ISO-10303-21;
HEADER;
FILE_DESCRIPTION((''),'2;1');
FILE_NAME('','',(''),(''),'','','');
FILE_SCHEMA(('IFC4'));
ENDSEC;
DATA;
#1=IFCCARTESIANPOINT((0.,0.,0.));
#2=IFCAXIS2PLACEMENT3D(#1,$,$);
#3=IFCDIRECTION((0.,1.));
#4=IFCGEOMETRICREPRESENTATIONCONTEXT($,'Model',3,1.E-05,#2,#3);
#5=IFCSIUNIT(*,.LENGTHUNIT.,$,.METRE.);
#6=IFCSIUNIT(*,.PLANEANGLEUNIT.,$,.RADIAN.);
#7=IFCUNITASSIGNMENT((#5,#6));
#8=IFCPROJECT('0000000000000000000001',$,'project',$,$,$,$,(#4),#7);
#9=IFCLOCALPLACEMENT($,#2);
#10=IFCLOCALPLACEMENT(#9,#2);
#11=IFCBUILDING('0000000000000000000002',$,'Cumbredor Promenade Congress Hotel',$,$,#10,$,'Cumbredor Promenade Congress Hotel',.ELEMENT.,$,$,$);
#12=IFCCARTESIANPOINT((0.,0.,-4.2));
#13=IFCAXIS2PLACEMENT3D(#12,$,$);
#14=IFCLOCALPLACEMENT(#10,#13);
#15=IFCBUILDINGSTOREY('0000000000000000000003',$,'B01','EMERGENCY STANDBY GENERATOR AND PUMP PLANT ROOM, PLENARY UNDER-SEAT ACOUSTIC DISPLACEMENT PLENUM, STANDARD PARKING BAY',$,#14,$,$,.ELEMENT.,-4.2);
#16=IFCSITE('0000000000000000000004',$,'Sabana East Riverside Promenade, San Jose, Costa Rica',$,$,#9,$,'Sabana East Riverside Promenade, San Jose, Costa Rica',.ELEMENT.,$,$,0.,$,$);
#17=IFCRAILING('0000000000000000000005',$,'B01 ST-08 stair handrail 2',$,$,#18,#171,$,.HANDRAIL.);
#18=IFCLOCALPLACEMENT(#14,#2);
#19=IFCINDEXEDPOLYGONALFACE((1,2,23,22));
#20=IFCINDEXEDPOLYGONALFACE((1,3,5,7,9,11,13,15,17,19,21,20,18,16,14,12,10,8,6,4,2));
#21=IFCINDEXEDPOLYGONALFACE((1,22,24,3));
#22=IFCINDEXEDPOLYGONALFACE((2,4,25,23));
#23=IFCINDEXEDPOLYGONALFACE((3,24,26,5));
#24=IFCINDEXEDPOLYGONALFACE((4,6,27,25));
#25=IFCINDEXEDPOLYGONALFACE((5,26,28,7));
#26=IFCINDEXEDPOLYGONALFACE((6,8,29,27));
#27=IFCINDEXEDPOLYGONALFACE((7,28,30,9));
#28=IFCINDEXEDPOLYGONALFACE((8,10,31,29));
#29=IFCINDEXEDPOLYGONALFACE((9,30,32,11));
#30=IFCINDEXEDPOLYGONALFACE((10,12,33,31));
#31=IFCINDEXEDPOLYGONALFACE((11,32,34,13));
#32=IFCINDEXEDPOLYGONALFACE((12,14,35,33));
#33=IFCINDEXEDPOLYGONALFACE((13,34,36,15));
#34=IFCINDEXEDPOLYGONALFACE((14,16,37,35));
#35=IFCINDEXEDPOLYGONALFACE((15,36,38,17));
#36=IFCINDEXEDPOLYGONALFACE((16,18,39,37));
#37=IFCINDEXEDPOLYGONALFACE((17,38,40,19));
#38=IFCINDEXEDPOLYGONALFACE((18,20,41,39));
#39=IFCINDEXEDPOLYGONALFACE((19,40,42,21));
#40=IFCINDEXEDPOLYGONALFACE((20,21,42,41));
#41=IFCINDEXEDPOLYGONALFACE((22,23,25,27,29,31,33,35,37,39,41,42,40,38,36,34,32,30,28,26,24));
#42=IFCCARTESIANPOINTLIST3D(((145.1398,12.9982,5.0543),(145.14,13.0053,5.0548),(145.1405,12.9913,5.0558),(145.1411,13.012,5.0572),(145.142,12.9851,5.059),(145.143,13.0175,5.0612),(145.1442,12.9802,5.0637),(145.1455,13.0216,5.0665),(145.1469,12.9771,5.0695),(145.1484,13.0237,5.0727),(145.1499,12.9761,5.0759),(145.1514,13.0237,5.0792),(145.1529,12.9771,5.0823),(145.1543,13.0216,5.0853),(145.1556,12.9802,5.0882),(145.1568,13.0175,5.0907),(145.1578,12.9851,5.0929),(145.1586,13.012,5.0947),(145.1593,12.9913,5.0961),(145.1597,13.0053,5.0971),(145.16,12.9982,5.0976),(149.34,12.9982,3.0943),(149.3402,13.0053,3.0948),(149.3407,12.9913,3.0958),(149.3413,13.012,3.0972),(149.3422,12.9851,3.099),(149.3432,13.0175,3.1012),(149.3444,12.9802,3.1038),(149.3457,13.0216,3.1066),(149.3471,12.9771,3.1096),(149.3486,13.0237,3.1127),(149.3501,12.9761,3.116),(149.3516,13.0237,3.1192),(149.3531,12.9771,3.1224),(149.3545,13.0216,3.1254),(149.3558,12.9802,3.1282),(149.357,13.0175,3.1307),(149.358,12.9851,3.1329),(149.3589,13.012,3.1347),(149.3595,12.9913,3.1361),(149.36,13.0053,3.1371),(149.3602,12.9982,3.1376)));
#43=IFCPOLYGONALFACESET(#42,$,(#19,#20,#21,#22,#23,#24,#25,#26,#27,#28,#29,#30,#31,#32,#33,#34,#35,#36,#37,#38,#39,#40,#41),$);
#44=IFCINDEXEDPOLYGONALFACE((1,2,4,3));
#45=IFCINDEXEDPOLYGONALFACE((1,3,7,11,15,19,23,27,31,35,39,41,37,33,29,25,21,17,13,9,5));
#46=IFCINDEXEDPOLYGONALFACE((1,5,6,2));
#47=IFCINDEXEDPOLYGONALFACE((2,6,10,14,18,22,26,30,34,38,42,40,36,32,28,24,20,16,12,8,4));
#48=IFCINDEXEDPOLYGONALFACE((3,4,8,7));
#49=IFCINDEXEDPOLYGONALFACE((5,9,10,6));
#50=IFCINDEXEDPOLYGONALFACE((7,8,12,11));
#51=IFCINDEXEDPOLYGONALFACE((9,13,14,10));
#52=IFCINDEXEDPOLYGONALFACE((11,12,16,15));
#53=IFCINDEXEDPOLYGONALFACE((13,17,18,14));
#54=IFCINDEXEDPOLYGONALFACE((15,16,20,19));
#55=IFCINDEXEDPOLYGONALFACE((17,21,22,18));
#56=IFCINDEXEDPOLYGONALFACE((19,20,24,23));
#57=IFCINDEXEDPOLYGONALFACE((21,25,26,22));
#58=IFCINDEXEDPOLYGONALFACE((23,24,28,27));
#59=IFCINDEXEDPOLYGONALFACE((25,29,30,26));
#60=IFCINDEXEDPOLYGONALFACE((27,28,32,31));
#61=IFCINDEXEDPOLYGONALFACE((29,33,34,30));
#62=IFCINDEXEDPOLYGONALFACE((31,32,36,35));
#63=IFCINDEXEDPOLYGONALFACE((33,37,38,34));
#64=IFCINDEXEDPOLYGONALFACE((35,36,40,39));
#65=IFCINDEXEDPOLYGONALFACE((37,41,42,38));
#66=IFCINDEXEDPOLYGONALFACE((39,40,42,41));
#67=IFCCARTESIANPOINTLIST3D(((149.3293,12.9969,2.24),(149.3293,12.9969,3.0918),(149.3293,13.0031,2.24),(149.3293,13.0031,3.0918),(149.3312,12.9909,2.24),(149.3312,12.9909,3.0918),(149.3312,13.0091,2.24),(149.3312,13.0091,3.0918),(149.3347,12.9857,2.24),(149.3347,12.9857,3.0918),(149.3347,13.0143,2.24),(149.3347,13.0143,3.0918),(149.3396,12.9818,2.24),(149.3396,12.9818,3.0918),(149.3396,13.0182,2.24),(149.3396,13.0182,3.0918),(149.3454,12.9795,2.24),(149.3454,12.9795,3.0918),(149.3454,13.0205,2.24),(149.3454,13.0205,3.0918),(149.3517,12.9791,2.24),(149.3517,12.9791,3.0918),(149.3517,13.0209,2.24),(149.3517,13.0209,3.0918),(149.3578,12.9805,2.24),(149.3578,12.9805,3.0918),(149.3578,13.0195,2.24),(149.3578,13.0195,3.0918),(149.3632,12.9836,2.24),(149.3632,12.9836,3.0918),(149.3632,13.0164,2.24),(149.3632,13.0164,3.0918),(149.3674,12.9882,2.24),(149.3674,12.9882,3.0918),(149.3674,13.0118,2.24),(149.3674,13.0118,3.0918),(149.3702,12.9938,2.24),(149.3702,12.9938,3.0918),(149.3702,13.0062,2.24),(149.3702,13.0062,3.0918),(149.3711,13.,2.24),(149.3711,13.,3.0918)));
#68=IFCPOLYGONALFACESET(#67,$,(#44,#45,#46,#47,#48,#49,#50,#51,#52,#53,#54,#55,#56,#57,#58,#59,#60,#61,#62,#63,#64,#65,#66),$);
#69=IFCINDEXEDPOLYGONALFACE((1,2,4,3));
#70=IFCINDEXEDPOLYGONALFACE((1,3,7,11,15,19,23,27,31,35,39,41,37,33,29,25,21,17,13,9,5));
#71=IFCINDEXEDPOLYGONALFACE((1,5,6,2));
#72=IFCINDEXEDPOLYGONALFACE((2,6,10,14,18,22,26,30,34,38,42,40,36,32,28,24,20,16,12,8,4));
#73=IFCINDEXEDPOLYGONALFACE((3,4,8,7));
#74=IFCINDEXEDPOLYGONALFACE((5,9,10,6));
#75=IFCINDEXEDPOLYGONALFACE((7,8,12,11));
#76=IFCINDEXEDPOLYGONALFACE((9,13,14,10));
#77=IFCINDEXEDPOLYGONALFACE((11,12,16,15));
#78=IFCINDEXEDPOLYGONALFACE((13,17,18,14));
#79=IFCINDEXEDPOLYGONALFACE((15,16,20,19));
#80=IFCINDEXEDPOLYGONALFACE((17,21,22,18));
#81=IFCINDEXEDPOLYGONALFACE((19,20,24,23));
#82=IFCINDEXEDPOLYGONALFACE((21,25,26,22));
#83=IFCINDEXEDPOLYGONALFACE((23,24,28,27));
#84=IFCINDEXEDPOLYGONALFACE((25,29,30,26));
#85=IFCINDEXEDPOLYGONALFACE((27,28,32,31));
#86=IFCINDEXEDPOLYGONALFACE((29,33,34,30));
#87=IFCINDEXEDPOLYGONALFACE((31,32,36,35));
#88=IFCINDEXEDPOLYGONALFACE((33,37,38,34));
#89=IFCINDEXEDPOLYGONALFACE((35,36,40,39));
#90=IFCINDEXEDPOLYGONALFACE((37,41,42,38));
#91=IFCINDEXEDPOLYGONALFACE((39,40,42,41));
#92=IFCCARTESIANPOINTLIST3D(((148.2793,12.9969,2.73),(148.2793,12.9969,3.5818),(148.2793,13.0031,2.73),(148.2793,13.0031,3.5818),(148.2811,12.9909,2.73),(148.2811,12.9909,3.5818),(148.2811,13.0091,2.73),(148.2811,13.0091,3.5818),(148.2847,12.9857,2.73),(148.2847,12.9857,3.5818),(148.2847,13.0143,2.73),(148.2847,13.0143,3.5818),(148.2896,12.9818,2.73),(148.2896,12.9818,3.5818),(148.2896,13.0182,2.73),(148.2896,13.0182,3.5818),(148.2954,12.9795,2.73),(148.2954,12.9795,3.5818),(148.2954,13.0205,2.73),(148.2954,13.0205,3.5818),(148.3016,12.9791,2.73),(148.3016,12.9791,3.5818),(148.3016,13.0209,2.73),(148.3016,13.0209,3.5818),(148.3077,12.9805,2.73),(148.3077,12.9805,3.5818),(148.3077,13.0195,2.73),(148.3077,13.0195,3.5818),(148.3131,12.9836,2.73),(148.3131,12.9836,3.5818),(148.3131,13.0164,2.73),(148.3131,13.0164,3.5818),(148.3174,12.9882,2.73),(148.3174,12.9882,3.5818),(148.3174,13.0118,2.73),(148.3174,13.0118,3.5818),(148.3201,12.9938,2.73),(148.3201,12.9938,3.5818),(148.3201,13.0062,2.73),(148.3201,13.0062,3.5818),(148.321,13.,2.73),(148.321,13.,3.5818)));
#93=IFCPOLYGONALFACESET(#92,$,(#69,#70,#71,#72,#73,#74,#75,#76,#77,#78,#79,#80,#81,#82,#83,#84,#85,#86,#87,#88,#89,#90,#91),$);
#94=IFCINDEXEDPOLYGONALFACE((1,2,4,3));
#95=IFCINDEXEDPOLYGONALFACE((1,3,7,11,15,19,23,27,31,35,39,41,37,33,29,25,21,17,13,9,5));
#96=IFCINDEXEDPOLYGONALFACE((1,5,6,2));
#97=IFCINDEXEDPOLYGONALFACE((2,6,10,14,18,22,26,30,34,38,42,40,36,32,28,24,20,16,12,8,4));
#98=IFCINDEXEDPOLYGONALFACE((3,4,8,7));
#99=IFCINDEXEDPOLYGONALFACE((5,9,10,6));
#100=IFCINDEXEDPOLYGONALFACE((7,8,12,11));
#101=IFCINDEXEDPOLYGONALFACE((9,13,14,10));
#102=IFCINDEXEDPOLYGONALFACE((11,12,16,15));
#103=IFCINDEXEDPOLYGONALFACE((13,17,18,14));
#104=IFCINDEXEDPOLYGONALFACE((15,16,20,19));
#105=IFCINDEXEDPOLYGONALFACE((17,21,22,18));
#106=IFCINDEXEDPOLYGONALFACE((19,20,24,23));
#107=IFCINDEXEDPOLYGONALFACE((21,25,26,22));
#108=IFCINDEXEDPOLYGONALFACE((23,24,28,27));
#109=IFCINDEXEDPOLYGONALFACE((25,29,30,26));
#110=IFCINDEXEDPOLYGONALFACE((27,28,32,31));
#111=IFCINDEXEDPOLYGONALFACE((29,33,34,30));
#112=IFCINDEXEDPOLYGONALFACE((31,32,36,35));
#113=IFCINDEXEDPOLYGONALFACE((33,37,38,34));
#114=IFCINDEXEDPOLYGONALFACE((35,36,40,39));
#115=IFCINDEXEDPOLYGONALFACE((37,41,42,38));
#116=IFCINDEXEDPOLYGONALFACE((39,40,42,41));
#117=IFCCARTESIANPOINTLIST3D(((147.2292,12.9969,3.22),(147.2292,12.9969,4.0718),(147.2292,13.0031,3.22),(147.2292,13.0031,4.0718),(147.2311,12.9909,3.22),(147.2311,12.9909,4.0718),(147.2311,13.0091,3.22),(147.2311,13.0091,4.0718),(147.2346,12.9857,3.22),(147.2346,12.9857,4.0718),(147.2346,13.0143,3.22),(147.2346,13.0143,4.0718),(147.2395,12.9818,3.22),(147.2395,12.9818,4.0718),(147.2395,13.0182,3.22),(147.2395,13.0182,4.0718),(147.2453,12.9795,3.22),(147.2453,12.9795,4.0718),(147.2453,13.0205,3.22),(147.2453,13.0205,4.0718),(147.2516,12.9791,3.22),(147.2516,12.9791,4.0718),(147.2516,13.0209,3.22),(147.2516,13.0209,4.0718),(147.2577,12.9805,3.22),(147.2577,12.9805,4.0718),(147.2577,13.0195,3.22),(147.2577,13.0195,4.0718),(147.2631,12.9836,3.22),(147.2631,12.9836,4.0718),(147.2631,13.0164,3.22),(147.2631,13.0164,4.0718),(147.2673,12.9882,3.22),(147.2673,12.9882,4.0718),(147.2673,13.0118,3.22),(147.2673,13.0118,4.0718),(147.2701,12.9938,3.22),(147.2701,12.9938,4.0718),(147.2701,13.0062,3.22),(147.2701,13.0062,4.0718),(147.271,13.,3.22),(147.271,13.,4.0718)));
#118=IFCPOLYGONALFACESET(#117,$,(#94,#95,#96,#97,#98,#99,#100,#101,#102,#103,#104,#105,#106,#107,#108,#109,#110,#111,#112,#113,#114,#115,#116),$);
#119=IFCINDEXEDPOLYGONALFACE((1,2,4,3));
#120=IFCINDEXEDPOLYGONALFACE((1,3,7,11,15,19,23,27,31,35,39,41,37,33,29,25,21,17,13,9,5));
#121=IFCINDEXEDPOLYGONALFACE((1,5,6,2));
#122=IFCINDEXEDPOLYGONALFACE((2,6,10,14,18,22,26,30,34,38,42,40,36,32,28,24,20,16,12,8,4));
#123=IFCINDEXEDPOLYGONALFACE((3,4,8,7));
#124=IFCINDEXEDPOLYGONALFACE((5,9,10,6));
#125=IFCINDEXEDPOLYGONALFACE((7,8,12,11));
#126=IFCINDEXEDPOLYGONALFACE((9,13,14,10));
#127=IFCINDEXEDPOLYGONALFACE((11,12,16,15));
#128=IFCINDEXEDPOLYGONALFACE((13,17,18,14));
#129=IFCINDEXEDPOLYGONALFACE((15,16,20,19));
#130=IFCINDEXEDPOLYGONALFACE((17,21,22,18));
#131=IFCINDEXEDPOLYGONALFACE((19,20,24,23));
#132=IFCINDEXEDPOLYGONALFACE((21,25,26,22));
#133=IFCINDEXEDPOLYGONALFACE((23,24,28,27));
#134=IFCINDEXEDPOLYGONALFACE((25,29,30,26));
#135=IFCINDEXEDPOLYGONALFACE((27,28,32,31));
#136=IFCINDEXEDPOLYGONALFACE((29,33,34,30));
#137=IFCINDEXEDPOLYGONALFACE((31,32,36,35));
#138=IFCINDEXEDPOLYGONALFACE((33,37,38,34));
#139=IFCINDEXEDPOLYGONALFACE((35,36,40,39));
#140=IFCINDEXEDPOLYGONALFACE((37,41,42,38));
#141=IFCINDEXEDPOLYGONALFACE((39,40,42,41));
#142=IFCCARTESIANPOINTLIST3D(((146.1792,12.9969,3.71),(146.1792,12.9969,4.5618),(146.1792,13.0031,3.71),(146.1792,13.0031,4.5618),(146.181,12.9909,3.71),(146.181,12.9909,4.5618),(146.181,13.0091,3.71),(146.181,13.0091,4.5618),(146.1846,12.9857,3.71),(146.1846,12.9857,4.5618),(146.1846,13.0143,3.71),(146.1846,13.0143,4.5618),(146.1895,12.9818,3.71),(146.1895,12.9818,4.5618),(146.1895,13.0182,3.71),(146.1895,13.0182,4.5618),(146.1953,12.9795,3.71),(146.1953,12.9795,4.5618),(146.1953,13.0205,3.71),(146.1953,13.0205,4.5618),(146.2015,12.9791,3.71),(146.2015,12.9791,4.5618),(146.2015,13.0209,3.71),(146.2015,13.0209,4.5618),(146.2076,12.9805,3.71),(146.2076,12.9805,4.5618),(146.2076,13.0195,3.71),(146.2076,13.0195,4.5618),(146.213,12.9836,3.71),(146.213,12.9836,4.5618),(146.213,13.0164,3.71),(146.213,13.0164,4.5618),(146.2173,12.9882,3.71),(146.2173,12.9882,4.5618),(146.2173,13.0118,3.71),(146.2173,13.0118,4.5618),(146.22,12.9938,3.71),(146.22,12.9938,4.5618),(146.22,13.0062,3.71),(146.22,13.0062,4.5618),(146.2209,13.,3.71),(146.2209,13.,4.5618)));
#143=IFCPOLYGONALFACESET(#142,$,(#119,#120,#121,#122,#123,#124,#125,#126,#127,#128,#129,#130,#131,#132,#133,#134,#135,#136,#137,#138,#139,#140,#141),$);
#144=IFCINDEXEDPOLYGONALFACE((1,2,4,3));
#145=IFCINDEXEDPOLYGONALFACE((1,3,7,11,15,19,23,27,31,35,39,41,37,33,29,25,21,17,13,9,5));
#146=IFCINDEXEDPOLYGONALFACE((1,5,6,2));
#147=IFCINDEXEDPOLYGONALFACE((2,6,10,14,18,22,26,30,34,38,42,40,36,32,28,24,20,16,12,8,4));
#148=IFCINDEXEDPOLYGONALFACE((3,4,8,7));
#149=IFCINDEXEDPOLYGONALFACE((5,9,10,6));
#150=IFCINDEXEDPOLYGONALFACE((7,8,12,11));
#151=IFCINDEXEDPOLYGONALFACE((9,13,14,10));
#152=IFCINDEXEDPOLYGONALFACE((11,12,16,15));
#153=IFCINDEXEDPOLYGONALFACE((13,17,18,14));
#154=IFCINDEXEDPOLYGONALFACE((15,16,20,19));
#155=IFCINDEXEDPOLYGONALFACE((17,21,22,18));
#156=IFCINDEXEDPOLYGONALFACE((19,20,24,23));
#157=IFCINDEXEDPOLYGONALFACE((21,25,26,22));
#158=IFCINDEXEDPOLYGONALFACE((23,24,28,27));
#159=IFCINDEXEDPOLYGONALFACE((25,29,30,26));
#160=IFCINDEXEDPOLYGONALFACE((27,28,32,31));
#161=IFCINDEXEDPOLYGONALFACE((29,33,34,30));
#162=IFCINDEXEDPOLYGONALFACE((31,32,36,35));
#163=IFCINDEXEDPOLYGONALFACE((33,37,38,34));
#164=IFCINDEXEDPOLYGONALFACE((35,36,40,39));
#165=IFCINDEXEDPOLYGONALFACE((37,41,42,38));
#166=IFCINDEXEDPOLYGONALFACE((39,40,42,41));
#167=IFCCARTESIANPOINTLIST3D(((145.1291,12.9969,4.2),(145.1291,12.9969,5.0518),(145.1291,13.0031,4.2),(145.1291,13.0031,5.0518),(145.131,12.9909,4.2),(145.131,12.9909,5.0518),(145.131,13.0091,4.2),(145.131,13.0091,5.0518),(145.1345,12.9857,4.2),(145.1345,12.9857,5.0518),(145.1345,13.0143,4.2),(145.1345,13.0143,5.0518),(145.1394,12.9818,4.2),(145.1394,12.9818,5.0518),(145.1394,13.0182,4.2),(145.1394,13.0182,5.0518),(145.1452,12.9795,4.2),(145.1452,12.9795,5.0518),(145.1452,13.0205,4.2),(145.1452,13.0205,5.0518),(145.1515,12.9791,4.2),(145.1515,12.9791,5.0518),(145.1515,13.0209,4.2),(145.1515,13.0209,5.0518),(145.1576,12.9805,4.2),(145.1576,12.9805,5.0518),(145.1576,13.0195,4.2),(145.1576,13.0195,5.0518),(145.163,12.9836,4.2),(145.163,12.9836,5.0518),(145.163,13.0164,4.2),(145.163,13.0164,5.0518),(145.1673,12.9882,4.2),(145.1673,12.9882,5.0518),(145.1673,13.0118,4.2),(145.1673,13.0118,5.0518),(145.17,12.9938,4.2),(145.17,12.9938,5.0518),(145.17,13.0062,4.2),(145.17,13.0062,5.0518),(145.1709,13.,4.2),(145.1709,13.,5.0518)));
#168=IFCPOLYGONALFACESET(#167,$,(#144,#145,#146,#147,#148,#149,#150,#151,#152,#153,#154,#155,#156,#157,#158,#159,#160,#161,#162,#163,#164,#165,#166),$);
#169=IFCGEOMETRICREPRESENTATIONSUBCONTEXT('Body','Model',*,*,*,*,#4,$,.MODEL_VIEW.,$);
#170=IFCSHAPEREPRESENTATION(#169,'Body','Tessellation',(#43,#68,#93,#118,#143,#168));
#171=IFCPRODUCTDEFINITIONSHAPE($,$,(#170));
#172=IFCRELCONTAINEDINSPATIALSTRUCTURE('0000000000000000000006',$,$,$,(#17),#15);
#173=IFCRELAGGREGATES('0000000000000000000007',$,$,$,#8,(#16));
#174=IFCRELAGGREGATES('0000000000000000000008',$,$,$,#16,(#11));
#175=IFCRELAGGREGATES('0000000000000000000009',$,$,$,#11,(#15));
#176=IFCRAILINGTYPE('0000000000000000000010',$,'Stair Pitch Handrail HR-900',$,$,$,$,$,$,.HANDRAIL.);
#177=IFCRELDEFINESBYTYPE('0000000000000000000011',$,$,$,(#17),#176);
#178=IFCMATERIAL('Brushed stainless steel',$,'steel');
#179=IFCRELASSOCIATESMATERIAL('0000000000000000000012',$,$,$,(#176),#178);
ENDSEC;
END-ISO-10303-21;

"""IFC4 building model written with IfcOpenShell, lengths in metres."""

from ifc_helpers import new_model, si_unit, direction, frame, origin, origin_2d, place, context, subcontext, project, spatial, circle, extrude, material, type_object, element, save


model = new_model("IFC4")

# Units and contexts
model_context = context("Model", 3, precision=1e-05, world=origin(), true_north=direction((0.0, 1.0)))
body_context = subcontext(model_context, "Body", "Model", "MODEL_VIEW")
ifc_project = project(units=[si_unit("LENGTHUNIT", "METRE"), si_unit("PLANEANGLEUNIT", "RADIAN")], contexts=[model_context])

# Site, building, storey
site_placement = place(None, origin())
site = spatial("IfcSite", under=ifc_project, at=site_placement, Name="Sabana East Riverside Promenade, San Jose, Costa Rica", LongName="Sabana East Riverside Promenade, San Jose, Costa Rica", CompositionType="ELEMENT", RefElevation=0.0)
building_placement = place(site_placement, origin())
building = spatial("IfcBuilding", under=site, at=building_placement, Name="Cumbredor Promenade Congress Hotel", LongName="Cumbredor Promenade Congress Hotel", CompositionType="ELEMENT")
storey_placement = place(building_placement, frame((0.0, 0.0, -4.2)))
storey = spatial("IfcBuildingStorey", under=building, at=storey_placement, Name="B01", Description="EMERGENCY STANDBY GENERATOR AND PUMP PLANT ROOM, PLENARY UNDER-SEAT ACOUSTIC DISPLACEMENT PLENUM, STANDARD PARKING BAY", CompositionType="ELEMENT", Elevation=-4.2)

# Shared definitions
ifc_material_1 = material(Name="Brushed stainless steel", Category="steel")

# Railing
railing_type_1 = type_object("IfcRailingType", Name="Stair Pitch Handrail HR-900", PredefinedType="HANDRAIL", material=ifc_material_1)
railing_1_placement = place(storey_placement, frame((149.3501, 13.0, 2.24)))
element("IfcRailing", 1, at=railing_1_placement, inside=storey, type_object=railing_type_1, Name="B01 ST-08 stair handrail 2", PredefinedType="HANDRAIL", context=body_context, shape_type="SweptSolid", body=[
    extrude(circle(Radius=0.0239, at=origin_2d()), frame((0.0, 0.0, 0.876), z_axis=(-0.906194, 0.0, 0.422862), x_axis=(0.0, -1.0, 0.0)), (0.0, 0.0, 1.0), 4.635),
    extrude(circle(Radius=0.021, at=origin_2d()), origin(), (0.0, 0.0, 1.0), 0.8518),
    extrude(circle(Radius=0.021, at=origin_2d()), frame((-1.05, 0.0, 0.49)), (0.0, 0.0, 1.0), 0.8518),
    extrude(circle(Radius=0.021, at=origin_2d()), frame((-2.1001, 0.0, 0.98)), (0.0, 0.0, 1.0), 0.8518),
    extrude(circle(Radius=0.021, at=origin_2d()), frame((-3.1501, 0.0, 1.47)), (0.0, 0.0, 1.0), 0.8518),
    extrude(circle(Radius=0.021, at=origin_2d()), frame((-4.2002, 0.0, 1.96)), (0.0, 0.0, 1.0), 0.8518),
])

save(model, "model.ifc")
